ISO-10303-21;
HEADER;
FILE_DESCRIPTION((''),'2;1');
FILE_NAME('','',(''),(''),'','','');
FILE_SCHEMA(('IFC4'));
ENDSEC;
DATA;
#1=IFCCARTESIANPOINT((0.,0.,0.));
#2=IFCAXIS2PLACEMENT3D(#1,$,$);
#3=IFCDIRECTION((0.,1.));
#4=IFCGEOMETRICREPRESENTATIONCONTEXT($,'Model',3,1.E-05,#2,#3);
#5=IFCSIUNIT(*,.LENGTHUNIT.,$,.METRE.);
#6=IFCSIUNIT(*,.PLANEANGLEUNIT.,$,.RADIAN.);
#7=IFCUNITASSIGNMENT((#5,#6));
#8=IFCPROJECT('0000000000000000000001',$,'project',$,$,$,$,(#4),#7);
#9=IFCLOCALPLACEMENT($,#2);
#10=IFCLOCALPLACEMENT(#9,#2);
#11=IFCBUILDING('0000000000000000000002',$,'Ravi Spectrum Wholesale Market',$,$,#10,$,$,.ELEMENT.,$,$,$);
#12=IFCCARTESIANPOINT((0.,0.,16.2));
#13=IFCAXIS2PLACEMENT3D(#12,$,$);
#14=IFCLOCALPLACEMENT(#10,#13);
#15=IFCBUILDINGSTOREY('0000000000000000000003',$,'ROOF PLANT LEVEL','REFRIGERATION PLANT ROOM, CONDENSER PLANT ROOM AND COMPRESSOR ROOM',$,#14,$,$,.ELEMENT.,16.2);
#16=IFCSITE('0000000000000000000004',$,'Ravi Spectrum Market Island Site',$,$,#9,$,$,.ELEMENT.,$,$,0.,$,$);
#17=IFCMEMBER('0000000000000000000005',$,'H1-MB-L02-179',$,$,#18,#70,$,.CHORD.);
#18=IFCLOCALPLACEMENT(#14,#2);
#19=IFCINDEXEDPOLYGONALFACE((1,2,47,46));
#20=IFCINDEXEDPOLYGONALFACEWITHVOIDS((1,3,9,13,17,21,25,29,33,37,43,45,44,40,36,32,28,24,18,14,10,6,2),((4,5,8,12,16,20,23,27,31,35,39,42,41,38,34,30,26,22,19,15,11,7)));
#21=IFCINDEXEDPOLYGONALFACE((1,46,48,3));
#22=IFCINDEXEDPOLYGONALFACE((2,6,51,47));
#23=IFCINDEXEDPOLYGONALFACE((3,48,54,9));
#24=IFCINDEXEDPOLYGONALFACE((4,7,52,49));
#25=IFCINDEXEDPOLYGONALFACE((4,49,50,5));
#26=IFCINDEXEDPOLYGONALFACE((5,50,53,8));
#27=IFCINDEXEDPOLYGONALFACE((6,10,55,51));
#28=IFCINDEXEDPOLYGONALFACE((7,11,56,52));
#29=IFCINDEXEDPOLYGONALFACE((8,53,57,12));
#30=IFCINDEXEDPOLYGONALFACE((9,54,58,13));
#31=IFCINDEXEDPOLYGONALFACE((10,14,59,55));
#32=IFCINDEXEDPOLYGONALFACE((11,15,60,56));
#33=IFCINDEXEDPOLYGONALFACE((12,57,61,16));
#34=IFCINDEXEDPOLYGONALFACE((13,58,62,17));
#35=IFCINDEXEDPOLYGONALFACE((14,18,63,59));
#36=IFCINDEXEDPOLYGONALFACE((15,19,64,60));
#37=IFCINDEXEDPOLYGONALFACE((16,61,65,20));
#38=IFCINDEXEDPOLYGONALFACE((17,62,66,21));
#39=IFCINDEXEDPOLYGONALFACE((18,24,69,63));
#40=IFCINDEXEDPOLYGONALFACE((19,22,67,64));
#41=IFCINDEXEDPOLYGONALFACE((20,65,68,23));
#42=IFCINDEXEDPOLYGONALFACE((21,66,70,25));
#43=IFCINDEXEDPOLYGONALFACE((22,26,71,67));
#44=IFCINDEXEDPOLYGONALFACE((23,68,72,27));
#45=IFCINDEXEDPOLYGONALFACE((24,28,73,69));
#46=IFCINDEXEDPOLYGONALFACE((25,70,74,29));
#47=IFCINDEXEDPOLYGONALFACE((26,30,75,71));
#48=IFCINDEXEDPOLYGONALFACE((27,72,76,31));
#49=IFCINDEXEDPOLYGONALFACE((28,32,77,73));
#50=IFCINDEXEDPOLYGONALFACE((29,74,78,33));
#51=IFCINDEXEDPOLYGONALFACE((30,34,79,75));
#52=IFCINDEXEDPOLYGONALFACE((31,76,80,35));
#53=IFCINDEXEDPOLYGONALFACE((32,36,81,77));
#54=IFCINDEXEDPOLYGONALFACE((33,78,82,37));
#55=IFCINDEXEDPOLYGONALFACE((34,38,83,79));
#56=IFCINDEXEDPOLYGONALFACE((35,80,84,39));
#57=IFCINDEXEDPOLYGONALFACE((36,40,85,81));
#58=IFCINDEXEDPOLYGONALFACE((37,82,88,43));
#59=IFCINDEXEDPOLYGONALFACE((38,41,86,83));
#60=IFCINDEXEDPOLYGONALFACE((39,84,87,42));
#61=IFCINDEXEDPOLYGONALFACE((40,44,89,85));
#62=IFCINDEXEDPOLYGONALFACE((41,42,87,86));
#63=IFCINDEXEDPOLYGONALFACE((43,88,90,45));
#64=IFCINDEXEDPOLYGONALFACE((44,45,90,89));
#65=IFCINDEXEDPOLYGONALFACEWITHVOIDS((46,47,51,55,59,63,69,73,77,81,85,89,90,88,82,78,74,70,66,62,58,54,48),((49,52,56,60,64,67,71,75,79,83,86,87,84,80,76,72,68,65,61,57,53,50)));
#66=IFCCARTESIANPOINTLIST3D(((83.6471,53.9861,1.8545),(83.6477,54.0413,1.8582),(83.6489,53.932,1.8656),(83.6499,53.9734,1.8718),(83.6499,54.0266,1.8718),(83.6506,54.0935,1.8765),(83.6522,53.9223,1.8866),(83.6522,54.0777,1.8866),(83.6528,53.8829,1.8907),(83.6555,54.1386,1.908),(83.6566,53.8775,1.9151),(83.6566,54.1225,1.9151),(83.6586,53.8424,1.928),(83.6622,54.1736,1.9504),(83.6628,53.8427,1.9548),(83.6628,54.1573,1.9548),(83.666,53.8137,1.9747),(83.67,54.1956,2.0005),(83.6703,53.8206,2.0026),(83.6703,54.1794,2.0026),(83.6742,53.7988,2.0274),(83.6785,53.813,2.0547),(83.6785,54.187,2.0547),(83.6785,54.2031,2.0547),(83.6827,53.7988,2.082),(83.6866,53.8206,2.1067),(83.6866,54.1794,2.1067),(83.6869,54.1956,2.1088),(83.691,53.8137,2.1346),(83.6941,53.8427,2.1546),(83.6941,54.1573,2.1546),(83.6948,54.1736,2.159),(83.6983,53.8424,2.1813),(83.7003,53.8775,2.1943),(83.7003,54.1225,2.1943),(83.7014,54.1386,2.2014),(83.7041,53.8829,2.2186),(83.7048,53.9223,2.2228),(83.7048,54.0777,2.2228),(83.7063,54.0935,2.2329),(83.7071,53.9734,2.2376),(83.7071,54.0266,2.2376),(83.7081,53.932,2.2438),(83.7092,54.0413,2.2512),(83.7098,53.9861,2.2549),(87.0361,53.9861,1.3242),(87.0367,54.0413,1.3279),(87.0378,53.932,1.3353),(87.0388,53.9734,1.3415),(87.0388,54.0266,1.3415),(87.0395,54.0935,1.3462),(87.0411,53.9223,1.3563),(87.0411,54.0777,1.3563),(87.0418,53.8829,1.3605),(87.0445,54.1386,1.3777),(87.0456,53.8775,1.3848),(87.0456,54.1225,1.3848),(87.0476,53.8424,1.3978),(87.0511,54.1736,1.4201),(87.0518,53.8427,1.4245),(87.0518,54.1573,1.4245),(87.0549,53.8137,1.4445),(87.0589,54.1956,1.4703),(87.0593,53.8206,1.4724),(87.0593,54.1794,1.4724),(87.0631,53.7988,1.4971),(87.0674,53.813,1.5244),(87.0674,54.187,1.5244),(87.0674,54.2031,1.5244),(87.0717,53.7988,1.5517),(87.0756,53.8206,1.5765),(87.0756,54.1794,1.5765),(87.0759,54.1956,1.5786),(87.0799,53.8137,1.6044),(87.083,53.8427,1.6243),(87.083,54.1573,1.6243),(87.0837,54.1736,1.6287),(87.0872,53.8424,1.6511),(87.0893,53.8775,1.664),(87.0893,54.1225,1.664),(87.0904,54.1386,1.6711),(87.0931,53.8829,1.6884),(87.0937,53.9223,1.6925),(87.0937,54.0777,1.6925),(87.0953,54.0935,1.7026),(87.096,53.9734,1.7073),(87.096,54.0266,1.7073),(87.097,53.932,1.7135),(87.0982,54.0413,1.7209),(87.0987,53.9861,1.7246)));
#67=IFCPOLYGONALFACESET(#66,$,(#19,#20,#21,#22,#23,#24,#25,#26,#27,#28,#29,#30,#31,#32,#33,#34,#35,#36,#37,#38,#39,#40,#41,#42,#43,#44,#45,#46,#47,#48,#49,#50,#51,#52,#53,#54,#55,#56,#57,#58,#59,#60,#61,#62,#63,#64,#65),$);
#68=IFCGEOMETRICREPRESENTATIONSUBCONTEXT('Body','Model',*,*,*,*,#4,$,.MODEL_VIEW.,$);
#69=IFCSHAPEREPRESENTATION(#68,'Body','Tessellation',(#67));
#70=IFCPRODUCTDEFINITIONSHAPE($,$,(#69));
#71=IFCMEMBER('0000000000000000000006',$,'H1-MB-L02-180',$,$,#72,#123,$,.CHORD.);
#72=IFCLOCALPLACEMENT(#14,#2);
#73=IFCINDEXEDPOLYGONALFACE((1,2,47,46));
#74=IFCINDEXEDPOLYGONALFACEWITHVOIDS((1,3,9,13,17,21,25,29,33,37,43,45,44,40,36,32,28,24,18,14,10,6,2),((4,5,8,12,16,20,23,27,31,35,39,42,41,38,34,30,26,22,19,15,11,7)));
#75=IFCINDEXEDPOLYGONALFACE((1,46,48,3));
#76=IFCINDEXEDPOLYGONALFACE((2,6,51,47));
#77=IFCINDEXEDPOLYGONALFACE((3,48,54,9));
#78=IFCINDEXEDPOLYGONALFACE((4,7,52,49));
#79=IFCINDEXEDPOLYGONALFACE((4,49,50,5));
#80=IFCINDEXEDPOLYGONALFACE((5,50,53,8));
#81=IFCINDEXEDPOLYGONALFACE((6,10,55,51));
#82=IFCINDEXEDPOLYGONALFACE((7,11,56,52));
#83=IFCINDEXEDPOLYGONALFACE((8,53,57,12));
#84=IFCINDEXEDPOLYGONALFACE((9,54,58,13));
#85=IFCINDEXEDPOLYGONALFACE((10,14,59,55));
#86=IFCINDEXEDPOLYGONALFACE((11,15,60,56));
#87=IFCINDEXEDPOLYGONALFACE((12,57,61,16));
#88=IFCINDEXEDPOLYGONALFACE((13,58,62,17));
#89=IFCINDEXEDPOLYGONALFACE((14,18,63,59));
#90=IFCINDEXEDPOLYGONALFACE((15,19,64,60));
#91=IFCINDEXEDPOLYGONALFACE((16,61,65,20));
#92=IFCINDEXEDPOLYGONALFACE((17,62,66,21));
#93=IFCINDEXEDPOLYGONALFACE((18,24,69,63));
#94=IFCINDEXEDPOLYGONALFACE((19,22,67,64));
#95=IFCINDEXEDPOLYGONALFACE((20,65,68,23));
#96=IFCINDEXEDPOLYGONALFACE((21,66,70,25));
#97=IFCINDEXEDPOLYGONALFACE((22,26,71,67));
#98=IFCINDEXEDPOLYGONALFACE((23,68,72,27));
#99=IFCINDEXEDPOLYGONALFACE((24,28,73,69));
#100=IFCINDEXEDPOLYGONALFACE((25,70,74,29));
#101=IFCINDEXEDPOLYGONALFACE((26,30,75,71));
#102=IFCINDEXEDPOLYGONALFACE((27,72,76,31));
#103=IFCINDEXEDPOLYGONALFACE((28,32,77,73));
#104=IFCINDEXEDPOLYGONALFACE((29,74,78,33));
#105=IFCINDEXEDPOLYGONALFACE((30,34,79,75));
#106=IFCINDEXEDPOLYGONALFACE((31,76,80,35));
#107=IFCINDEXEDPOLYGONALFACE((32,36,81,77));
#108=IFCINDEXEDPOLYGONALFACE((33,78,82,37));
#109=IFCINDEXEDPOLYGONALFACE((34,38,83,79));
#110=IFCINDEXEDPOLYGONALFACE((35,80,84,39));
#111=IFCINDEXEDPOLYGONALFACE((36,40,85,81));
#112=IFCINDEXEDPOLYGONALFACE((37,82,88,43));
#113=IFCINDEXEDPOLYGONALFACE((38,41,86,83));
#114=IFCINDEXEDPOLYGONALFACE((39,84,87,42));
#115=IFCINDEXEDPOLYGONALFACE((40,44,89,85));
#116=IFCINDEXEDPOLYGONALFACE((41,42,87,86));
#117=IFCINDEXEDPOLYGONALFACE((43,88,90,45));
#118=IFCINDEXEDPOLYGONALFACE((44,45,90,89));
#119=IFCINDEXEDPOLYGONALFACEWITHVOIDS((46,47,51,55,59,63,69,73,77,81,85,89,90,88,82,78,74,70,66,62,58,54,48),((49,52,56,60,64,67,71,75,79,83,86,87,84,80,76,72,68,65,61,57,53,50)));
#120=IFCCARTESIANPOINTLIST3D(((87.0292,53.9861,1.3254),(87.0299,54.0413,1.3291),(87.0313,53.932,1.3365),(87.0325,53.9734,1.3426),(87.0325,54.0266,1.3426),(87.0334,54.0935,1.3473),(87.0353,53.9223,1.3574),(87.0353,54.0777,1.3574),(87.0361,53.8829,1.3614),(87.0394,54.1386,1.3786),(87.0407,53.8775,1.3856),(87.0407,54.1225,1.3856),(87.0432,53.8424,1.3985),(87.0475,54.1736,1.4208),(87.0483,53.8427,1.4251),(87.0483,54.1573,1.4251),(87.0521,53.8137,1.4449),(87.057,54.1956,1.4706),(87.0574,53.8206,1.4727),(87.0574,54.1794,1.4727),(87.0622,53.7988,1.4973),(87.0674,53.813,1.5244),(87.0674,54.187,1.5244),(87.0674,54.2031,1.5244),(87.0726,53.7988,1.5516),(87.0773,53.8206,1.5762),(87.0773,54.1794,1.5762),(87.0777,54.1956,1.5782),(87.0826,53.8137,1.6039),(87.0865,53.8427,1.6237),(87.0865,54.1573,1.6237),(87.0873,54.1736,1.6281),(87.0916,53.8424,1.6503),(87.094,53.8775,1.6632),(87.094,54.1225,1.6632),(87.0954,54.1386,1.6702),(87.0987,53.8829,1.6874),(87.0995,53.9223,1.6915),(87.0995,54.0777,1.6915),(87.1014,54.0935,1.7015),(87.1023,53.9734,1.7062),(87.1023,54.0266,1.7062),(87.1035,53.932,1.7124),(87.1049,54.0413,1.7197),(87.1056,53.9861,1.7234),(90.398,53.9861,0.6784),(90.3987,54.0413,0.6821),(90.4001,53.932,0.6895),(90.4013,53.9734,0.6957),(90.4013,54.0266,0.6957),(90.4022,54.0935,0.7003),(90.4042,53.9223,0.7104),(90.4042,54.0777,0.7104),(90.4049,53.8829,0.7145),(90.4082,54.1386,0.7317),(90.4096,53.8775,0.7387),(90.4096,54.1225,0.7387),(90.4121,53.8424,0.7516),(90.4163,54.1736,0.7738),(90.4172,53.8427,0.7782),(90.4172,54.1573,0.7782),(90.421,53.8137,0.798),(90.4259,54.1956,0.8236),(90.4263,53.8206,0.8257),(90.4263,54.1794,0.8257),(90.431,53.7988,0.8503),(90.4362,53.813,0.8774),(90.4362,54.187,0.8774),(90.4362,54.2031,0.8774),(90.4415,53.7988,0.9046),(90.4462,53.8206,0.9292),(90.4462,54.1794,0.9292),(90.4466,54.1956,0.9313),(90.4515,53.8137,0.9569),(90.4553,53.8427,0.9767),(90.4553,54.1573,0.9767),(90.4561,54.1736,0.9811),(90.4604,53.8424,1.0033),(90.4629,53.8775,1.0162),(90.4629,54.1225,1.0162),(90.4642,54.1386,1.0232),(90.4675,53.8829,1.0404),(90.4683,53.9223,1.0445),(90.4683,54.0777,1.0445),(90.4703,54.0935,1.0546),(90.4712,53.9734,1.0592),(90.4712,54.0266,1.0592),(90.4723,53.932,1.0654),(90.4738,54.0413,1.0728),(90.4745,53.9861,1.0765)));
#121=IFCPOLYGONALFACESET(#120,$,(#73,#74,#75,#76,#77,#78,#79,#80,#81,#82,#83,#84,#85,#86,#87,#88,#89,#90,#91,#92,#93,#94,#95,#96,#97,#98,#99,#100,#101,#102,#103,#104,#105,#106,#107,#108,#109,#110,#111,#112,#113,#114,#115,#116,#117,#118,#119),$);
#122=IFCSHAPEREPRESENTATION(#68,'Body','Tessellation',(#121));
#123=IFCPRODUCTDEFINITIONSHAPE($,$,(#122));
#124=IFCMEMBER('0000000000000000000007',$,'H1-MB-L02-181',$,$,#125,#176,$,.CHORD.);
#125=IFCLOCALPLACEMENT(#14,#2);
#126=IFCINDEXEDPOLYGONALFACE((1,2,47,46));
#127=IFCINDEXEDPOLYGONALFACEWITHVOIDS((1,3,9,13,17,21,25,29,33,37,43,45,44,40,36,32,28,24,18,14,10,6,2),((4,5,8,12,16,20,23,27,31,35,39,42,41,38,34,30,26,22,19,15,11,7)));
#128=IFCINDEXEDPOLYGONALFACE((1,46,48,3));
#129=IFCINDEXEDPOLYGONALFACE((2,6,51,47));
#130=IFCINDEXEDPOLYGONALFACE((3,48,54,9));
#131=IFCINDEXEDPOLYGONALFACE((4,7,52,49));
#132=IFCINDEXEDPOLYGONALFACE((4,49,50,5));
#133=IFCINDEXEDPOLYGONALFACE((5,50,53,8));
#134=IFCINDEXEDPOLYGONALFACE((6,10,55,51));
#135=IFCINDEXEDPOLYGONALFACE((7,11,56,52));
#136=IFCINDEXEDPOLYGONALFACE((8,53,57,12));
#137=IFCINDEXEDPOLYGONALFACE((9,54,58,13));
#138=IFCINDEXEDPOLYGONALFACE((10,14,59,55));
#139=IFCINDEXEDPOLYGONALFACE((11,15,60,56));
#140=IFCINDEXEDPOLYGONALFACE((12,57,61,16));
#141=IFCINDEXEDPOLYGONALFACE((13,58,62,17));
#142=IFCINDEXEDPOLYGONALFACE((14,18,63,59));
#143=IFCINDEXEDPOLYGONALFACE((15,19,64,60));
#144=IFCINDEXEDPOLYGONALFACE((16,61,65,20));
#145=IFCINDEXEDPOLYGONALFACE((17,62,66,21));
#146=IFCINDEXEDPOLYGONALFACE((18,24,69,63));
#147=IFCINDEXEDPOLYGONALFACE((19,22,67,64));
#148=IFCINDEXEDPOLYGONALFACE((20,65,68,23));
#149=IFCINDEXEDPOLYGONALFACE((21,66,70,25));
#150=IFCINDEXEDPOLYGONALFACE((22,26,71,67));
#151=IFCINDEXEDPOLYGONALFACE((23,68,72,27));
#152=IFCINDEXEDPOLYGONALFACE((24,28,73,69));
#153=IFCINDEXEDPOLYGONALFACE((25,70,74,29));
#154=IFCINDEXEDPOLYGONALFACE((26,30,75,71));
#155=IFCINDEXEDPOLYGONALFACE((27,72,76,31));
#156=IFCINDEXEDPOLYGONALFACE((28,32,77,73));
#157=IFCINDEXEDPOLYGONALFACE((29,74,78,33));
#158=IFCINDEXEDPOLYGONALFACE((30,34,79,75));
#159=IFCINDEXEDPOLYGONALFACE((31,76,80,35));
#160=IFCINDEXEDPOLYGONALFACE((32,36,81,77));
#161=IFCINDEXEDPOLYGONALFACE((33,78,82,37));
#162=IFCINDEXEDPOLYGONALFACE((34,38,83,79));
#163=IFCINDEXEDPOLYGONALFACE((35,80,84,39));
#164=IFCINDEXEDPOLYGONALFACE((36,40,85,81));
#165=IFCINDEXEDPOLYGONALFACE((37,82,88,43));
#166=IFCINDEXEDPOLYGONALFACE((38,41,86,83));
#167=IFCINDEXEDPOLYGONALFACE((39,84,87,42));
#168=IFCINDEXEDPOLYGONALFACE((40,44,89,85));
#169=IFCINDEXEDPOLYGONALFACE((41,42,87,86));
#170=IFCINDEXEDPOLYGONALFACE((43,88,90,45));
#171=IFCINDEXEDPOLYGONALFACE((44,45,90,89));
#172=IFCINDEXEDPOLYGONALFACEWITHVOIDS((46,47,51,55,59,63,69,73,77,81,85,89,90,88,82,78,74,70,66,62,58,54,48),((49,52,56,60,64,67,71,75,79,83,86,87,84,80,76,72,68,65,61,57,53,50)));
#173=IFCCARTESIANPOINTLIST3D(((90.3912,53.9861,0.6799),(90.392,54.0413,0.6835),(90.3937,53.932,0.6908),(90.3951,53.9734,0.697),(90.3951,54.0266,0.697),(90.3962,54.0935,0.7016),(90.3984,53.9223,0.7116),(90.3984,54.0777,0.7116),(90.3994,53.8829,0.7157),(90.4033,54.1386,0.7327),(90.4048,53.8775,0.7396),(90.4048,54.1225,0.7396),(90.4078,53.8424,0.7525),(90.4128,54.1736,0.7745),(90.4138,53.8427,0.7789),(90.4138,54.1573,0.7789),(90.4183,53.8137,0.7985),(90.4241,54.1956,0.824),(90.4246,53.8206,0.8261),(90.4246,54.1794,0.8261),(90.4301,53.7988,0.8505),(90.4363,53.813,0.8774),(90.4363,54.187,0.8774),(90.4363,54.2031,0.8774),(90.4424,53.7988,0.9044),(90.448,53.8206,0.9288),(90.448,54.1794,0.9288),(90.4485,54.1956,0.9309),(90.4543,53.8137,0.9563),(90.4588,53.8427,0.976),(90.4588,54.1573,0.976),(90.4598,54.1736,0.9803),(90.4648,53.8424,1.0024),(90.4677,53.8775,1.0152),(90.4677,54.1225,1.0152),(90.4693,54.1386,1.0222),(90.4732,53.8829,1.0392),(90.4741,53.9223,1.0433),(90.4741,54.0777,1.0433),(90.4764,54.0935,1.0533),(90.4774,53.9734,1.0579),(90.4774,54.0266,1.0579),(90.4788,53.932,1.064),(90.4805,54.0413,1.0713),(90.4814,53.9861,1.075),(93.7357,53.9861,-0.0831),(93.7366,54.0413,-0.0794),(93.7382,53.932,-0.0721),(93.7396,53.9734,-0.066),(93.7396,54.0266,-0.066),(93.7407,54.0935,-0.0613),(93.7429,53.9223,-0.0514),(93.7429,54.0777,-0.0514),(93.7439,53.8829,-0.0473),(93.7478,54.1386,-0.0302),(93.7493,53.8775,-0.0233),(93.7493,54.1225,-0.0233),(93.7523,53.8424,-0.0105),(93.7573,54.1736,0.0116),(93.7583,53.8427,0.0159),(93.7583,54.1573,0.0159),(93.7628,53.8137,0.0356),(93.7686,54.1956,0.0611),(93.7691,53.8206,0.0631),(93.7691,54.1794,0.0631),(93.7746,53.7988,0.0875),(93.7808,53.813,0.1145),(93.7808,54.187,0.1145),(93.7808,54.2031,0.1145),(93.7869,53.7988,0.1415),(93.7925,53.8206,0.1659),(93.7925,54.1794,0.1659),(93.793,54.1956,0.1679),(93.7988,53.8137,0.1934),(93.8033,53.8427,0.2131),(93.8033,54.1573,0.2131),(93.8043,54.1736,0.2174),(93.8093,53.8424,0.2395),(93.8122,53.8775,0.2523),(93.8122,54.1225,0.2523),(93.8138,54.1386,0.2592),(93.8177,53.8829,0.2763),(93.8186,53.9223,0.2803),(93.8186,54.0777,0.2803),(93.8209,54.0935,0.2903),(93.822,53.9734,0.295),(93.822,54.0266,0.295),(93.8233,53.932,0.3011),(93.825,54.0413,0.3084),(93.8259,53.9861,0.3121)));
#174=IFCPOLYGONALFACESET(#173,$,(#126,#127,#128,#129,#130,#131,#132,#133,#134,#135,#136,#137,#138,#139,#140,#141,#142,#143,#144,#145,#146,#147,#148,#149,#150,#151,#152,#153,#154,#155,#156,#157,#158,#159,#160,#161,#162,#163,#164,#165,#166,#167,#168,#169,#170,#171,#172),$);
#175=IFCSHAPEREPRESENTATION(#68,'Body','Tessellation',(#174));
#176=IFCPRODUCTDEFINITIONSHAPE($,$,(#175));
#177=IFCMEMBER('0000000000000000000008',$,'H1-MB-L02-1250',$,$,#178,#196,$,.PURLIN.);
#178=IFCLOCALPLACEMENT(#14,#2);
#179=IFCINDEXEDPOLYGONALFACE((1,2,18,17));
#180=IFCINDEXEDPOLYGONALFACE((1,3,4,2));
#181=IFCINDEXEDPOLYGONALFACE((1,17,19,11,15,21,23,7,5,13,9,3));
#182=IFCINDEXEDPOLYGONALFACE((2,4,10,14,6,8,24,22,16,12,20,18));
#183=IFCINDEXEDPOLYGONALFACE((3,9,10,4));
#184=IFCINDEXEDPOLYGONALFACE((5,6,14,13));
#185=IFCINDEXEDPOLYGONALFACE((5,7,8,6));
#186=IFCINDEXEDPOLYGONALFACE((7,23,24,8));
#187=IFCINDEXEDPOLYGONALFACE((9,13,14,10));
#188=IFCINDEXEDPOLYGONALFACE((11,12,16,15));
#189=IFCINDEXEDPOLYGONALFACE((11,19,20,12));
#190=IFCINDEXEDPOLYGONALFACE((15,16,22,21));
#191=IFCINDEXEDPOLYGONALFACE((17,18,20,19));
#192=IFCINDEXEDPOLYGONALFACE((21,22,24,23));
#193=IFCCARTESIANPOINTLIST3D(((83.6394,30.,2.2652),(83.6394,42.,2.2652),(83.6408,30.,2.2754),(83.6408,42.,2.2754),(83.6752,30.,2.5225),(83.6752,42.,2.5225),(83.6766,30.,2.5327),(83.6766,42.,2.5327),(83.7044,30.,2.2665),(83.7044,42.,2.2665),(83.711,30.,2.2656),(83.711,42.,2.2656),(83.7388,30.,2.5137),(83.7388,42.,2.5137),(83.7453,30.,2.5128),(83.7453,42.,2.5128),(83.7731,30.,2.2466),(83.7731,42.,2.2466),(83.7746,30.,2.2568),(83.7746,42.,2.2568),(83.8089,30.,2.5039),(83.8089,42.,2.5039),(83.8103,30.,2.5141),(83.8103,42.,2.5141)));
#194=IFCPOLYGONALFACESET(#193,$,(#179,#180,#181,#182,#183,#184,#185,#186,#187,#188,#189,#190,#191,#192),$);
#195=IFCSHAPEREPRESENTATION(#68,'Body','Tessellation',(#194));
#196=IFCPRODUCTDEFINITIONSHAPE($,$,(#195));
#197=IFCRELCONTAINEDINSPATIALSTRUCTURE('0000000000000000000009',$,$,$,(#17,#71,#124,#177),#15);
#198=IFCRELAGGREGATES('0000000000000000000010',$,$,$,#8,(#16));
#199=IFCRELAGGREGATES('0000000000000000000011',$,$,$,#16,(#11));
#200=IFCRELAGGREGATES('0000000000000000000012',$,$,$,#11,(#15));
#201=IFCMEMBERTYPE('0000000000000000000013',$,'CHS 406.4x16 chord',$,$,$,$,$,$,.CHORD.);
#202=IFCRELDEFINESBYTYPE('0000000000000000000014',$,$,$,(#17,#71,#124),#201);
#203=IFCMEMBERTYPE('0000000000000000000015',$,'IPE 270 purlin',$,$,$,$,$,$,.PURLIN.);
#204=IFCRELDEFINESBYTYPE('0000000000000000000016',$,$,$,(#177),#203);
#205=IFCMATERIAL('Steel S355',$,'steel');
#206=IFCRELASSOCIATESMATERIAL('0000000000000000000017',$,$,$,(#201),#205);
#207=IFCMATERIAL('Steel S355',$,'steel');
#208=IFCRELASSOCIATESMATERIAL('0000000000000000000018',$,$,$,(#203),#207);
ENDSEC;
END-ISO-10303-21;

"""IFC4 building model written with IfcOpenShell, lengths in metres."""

from ifc_helpers import new_model, si_unit, direction, frame, origin, origin_2d, place, context, subcontext, project, spatial, hollow_circle, i_section, extrude, material, material_profile, profile_set, type_object, element, save


model = new_model("IFC4")

# Units and contexts
model_context = context("Model", 3, precision=1e-05, world=origin(), true_north=direction((0.0, 1.0)))
body_context = subcontext(model_context, "Body", "Model", "MODEL_VIEW")
ifc_project = project(units=[si_unit("LENGTHUNIT", "METRE"), si_unit("PLANEANGLEUNIT", "RADIAN")], contexts=[model_context])

# Site, building, storey
site_placement = place(None, origin())
site = spatial("IfcSite", under=ifc_project, at=site_placement, Name="Ravi Spectrum Market Island Site", CompositionType="ELEMENT", RefElevation=0.0)
building_placement = place(site_placement, origin())
building = spatial("IfcBuilding", under=site, at=building_placement, Name="Ravi Spectrum Wholesale Market", CompositionType="ELEMENT")
storey_placement = place(building_placement, frame((0.0, 0.0, 16.2)))
storey = spatial("IfcBuildingStorey", under=building, at=storey_placement, Name="ROOF PLANT LEVEL", Description="REFRIGERATION PLANT ROOM, CONDENSER PLANT ROOM AND COMPRESSOR ROOM", CompositionType="ELEMENT", Elevation=16.2)

# Members
ifc_material_1 = material(Name="Steel S355", Category="steel")
ifc_material_profile_1 = material_profile(ifc_material_1, hollow_circle(Radius=0.2031, WallThickness=0.0161, at=origin_2d()))
ifc_profile_set_1 = profile_set([ifc_material_profile_1], Name="Steel S355")
member_type_1 = type_object("IfcMemberType", Name="CHS 406.4x16 chord", PredefinedType="CHORD", material=ifc_profile_set_1)
member_1_placement = place(storey_placement, frame((83.6785, 54.0, 2.0547), z_axis=(0.987978, 0.0, -0.154592), x_axis=(0.0, 1.0, 0.0)))
element("IfcMember", 1, at=member_1_placement, inside=storey, type_object=member_type_1, Name="H1-MB-L02-179", PredefinedType="CHORD", context=body_context, shape_type="SweptSolid", body=[
    extrude(hollow_circle(Radius=0.2031, WallThickness=0.0161, at=origin_2d()), origin(), (0.0, 0.0, 1.0), 3.4302),
])
for number, where, z_axis, x_axis, name in (
    (2, (87.0674, 54.0, 1.5244), (0.982055, 0.0, -0.188597), (0.0, 1.0, 0.0), "H1-MB-L02-180"),
    (3, (90.4363, 54.0, 0.8774), (0.974954, 0.0, -0.222405), (0.0, 1.0, 0.0), "H1-MB-L02-181"),
):
    element("IfcMember", number, at=place(storey_placement, frame(where, z_axis=z_axis, x_axis=x_axis)), inside=storey, type_object=member_type_1, Name=name, PredefinedType="CHORD", context=body_context, shape_type="SweptSolid", body=[
        extrude(hollow_circle(Radius=0.2031, WallThickness=0.0161, at=origin_2d()), origin(), (0.0, 0.0, 1.0), 3.4304),
    ])
ifc_material_2 = material(Name="Steel S355", Category="steel")
ifc_material_profile_2 = material_profile(ifc_material_2, i_section(OverallWidth=0.135, OverallDepth=0.27, WebThickness=0.0066, FlangeThickness=0.0103, at=origin_2d()))
ifc_profile_set_2 = profile_set([ifc_material_profile_2], Name="Steel S355")
member_type_2 = type_object("IfcMemberType", Name="IPE 270 purlin", PredefinedType="PURLIN", material=ifc_profile_set_2)
for number, where, z_axis, x_axis, name in (
    (4, (83.7249, 30.0, 2.3896), (0.0, 1.0, 0.0), (-0.990494, 0.0, 0.137557), "H1-MB-L02-1250"),
):
    element("IfcMember", number, at=place(storey_placement, frame(where, z_axis=z_axis, x_axis=x_axis)), inside=storey, type_object=member_type_2, Name=name, PredefinedType="PURLIN", context=body_context, shape_type="SweptSolid", body=[
        extrude(i_section(OverallWidth=0.135, OverallDepth=0.27, WebThickness=0.0066, FlangeThickness=0.0103, at=origin_2d()), origin(), (0.0, 0.0, 1.0), 12.0),
    ])

save(model, "model.ifc")
